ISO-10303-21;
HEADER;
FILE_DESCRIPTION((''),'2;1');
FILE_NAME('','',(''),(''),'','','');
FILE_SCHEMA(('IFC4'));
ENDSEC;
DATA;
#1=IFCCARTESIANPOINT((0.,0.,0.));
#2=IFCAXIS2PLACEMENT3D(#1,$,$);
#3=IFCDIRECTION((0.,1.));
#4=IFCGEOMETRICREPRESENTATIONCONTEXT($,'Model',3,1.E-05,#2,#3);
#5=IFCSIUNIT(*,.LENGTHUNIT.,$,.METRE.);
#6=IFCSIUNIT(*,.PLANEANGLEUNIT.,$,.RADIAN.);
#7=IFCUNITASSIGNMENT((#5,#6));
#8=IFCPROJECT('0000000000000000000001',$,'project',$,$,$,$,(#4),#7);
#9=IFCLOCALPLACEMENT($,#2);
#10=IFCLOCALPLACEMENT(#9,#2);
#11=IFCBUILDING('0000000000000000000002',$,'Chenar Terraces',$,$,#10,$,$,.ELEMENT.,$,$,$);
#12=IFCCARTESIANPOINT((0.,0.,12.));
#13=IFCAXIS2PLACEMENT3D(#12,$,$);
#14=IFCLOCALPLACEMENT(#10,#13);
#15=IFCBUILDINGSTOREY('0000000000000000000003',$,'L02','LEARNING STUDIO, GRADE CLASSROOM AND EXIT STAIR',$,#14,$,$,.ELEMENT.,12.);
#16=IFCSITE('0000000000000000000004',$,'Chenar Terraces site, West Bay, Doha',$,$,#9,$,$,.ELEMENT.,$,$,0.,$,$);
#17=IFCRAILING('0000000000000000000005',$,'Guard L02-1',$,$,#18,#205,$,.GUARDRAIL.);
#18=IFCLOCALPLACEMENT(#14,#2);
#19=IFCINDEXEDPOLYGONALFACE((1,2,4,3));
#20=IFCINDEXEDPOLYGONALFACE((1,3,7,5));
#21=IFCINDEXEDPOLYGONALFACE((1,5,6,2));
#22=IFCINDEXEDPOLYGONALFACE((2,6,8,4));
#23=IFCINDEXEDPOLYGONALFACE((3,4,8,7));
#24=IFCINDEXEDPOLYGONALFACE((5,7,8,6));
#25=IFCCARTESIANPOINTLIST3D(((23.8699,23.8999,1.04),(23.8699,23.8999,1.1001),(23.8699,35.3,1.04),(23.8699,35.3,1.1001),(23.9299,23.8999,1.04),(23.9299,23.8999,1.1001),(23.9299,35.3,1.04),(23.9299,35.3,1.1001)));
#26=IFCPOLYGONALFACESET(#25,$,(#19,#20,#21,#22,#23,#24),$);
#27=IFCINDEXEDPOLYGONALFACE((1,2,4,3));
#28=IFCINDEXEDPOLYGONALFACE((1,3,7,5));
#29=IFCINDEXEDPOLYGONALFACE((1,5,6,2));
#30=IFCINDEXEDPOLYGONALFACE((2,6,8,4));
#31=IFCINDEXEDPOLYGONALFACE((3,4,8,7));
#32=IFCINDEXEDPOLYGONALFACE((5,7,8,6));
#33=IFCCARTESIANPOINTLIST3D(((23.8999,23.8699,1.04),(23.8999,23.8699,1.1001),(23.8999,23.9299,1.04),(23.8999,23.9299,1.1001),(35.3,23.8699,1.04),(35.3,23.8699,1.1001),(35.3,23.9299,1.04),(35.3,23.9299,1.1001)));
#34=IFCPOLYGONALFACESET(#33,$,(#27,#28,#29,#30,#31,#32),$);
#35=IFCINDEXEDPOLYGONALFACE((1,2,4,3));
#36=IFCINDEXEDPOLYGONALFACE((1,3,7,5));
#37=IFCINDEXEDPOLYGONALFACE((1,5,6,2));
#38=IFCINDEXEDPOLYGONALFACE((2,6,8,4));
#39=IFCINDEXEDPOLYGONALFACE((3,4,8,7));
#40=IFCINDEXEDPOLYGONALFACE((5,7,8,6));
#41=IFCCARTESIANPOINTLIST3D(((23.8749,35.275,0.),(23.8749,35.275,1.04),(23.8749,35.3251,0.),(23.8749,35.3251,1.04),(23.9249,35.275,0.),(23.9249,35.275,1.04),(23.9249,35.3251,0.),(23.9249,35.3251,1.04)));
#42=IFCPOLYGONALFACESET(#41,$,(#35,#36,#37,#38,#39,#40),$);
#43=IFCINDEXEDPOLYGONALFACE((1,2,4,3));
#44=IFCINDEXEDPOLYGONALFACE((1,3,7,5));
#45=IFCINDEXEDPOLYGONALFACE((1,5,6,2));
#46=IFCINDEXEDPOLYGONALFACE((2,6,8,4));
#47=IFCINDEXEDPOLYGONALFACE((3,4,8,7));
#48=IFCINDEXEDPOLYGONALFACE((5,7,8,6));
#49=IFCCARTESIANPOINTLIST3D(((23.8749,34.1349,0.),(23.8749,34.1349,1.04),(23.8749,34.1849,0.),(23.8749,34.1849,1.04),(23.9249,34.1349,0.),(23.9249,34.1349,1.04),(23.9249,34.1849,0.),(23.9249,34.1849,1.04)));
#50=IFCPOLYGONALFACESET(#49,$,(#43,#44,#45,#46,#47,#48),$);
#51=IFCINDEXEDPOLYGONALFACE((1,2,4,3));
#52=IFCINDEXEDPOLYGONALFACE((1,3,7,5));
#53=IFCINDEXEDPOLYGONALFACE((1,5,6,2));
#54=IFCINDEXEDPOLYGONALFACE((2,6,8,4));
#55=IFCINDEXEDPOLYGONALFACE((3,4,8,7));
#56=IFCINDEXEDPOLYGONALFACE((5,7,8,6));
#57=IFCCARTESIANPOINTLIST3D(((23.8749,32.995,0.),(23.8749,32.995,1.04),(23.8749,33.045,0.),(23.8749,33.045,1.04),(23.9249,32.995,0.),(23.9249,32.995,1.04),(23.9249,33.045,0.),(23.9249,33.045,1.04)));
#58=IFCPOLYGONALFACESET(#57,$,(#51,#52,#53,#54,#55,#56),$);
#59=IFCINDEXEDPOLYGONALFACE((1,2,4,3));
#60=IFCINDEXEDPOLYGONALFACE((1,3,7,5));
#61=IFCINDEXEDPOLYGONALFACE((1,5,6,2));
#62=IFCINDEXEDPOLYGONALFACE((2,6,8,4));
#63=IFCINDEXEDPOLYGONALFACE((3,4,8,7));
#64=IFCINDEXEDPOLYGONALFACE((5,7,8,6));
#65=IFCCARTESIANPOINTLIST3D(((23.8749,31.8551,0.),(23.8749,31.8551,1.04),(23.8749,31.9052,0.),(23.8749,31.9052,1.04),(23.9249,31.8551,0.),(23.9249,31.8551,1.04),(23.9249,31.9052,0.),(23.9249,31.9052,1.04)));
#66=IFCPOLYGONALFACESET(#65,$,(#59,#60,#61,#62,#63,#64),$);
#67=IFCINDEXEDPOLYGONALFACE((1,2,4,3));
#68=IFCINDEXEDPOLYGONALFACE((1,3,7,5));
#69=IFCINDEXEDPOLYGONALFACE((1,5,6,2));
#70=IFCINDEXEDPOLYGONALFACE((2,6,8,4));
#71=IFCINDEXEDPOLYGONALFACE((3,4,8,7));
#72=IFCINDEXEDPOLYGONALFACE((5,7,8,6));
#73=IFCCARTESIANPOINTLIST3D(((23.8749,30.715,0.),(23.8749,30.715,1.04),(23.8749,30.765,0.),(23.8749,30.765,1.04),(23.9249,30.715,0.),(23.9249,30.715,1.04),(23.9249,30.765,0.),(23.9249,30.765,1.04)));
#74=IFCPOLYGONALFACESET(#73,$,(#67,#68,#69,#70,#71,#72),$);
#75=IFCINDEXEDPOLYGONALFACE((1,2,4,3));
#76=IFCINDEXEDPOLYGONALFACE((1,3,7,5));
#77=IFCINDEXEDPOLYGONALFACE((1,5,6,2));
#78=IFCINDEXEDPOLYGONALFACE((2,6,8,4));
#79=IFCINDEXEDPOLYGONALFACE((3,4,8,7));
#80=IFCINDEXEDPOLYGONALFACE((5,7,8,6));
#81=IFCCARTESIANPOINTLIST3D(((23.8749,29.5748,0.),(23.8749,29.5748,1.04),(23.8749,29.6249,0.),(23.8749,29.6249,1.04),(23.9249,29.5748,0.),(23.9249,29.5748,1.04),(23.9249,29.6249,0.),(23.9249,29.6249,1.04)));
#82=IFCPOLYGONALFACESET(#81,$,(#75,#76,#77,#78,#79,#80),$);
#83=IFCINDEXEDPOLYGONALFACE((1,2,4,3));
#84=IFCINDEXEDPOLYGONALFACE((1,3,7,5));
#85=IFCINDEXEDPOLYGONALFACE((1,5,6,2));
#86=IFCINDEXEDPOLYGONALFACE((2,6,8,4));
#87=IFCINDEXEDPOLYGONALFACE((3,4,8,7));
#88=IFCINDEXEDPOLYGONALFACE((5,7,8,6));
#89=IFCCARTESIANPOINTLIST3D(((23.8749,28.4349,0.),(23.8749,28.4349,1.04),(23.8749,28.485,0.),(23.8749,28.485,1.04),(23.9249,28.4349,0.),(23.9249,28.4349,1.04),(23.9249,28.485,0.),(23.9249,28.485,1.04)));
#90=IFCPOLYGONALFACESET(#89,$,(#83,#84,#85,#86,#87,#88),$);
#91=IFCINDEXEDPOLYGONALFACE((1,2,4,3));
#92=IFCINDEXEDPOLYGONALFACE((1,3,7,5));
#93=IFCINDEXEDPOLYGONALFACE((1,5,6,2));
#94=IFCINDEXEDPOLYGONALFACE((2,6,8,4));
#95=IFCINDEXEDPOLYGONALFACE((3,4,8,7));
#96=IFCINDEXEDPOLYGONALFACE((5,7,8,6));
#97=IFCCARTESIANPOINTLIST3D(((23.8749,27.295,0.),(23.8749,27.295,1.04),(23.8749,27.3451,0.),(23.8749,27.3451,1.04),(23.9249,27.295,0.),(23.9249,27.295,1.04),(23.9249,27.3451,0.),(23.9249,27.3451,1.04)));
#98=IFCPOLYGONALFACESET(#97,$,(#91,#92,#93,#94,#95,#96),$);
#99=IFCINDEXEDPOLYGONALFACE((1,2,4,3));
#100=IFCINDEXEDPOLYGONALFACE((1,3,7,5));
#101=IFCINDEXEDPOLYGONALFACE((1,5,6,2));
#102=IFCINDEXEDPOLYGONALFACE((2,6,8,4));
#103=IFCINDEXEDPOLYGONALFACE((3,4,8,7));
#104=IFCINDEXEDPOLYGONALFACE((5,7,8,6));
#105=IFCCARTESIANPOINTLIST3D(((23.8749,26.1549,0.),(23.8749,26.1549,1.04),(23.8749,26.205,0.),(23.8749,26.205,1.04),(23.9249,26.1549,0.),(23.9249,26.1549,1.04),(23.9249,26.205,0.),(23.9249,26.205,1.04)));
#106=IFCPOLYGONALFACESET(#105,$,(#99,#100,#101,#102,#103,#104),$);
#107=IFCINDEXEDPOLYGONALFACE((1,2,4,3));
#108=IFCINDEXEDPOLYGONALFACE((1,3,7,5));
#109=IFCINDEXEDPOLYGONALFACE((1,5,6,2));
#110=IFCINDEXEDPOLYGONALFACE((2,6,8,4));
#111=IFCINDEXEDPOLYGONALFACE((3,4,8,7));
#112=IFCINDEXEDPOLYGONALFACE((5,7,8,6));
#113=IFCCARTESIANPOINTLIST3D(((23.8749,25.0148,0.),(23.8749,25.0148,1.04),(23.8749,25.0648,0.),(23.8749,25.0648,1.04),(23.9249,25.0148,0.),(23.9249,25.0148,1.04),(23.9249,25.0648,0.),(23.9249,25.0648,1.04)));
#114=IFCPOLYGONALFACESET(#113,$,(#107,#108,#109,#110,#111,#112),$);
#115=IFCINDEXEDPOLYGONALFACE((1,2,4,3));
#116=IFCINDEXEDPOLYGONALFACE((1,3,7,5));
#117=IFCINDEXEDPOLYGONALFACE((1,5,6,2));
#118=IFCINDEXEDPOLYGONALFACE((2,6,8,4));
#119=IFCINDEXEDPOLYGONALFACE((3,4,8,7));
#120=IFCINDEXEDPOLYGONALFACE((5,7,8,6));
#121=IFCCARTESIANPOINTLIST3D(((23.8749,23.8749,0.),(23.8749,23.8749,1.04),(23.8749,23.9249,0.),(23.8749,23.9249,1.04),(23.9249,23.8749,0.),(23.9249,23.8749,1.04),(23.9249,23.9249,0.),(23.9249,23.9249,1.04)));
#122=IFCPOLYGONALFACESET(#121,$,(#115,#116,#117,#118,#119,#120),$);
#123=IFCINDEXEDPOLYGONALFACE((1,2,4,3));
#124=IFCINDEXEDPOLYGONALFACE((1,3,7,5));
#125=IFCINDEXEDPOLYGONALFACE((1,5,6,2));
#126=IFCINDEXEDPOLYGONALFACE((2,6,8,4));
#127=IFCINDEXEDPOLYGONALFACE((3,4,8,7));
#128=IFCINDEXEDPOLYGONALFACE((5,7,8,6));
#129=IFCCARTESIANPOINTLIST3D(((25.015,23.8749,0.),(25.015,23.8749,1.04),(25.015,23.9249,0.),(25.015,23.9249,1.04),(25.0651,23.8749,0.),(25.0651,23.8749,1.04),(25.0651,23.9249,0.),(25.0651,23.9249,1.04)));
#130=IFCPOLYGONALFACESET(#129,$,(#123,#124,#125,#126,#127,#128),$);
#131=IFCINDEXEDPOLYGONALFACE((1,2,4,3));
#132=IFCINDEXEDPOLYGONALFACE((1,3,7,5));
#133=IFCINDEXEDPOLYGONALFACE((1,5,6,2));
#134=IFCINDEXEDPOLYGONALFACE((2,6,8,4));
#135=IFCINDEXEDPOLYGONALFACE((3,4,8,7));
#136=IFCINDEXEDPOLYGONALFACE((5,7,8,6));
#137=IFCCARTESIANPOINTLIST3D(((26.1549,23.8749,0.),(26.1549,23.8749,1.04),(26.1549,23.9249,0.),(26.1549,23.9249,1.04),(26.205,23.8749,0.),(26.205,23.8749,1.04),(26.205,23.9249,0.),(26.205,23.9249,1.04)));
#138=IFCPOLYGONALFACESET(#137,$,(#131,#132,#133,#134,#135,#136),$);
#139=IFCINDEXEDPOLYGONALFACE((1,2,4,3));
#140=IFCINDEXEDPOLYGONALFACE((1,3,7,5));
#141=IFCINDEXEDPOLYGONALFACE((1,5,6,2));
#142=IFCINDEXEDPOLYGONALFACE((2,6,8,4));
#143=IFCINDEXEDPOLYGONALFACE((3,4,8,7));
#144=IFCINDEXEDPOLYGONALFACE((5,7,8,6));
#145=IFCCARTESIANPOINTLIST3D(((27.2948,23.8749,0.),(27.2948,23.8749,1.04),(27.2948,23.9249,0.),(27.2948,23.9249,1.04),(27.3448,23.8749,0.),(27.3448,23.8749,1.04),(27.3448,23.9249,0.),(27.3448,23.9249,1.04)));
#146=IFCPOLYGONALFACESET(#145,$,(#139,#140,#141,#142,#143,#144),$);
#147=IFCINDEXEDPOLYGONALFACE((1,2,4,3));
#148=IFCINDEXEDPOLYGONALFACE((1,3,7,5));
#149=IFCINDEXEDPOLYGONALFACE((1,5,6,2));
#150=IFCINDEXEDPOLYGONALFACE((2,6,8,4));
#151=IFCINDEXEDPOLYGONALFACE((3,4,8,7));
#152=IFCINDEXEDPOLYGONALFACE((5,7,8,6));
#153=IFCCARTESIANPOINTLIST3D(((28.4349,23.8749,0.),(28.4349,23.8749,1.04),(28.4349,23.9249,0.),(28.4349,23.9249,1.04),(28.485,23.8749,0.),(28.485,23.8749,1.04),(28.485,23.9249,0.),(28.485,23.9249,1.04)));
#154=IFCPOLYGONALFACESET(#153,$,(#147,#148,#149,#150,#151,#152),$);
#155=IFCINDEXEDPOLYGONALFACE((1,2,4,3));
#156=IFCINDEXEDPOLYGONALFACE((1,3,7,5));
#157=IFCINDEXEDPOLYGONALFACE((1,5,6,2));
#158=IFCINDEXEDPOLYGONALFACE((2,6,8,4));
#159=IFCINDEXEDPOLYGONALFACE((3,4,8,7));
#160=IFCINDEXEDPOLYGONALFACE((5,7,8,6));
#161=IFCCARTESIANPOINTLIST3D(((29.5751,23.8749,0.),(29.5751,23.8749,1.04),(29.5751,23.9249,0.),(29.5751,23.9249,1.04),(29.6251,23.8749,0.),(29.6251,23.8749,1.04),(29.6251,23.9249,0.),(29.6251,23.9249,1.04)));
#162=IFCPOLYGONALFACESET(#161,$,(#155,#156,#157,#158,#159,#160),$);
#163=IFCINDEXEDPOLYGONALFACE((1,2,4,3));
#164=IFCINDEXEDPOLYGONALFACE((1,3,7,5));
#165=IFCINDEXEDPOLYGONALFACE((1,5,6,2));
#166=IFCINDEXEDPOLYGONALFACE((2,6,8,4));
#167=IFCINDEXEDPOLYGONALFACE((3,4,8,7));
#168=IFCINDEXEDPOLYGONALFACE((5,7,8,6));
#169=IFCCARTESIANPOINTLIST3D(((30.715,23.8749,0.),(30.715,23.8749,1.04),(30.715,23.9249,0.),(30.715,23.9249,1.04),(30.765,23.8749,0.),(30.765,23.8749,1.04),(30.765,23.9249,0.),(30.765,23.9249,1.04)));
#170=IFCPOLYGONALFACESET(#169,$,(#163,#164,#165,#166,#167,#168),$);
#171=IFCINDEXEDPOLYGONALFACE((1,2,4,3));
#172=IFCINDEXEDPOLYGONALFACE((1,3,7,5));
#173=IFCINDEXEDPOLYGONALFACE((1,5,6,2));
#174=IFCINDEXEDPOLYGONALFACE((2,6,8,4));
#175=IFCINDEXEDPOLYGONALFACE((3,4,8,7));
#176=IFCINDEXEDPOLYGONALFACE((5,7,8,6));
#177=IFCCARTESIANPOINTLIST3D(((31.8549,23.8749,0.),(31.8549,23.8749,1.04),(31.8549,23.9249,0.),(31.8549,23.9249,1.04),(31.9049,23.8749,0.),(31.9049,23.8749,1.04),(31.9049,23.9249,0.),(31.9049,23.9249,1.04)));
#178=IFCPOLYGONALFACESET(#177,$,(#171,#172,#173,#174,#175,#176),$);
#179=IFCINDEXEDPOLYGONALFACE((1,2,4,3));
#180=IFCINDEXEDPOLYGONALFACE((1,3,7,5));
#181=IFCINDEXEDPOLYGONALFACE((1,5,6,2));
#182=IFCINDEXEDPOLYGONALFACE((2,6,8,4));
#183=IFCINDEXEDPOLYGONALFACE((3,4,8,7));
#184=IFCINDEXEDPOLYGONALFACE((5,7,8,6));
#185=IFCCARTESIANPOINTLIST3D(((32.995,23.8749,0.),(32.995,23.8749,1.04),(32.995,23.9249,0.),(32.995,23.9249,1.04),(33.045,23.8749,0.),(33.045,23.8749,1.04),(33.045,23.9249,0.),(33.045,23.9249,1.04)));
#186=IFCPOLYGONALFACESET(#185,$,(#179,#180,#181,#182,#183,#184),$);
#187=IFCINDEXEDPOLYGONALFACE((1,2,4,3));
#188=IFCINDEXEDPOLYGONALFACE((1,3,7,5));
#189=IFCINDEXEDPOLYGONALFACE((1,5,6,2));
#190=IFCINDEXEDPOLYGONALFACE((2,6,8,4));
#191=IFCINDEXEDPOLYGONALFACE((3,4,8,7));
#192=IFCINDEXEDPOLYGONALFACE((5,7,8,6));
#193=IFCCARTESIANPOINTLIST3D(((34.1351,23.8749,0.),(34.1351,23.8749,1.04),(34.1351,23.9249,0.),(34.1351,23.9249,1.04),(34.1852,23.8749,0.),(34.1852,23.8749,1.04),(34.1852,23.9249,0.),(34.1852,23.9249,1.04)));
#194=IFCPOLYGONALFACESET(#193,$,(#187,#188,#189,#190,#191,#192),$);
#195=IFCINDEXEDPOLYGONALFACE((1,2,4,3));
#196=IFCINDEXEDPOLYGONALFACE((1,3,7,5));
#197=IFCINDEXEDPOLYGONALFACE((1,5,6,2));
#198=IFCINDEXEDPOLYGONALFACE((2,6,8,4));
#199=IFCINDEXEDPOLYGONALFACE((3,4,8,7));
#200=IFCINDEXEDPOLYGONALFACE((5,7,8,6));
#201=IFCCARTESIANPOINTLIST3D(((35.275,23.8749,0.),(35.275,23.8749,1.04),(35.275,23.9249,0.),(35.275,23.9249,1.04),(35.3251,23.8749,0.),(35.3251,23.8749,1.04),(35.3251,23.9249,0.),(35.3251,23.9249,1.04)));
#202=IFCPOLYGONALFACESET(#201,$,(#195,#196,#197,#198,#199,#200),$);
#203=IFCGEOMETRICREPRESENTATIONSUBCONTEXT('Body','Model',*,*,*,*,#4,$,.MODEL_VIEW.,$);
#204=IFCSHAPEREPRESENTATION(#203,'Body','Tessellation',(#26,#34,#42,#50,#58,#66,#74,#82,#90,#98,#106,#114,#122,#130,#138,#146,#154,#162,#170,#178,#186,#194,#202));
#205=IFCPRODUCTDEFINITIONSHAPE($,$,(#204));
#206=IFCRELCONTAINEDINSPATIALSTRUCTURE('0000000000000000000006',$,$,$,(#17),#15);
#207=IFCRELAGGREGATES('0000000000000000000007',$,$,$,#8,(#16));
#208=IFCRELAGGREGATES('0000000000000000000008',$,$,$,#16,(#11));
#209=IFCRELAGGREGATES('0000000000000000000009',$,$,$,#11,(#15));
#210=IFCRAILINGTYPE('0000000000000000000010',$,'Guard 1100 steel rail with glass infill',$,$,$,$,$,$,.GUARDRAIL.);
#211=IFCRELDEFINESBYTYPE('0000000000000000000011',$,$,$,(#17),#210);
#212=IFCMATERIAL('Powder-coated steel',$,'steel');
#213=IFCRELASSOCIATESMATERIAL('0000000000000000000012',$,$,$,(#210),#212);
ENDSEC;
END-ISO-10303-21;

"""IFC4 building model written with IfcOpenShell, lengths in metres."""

from ifc_helpers import new_model, si_unit, direction, frame, origin, origin_2d, place, context, subcontext, project, spatial, rectangle, extrude, material, type_object, element, save


model = new_model("IFC4")

# Units and contexts
model_context = context("Model", 3, precision=1e-05, world=origin(), true_north=direction((0.0, 1.0)))
body_context = subcontext(model_context, "Body", "Model", "MODEL_VIEW")
ifc_project = project(units=[si_unit("LENGTHUNIT", "METRE"), si_unit("PLANEANGLEUNIT", "RADIAN")], contexts=[model_context])

# Site, building, storey
site_placement = place(None, origin())
site = spatial("IfcSite", under=ifc_project, at=site_placement, Name="Chenar Terraces site, West Bay, Doha", CompositionType="ELEMENT", RefElevation=0.0)
building_placement = place(site_placement, origin())
building = spatial("IfcBuilding", under=site, at=building_placement, Name="Chenar Terraces", CompositionType="ELEMENT")
storey_placement = place(building_placement, frame((0.0, 0.0, 12.0)))
storey = spatial("IfcBuildingStorey", under=building, at=storey_placement, Name="L02", Description="LEARNING STUDIO, GRADE CLASSROOM AND EXIT STAIR", CompositionType="ELEMENT", Elevation=12.0)

# Railing
ifc_material_1 = material(Name="Powder-coated steel", Category="steel")
railing_type_1 = type_object("IfcRailingType", Name="Guard 1100 steel rail with glass infill", PredefinedType="GUARDRAIL", material=ifc_material_1)
railing_1_placement = place(storey_placement, frame((23.8999, 35.3, 0.0)))
element("IfcRailing", 1, at=railing_1_placement, inside=storey, type_object=railing_type_1, Name="Guard L02-1", PredefinedType="GUARDRAIL", context=body_context, shape_type="SweptSolid", body=[
    extrude(rectangle(XDim=0.0601, YDim=0.0601, at=origin_2d()), frame((0.0, 0.0, 1.0701), z_axis=(0.0, -1.0, 0.0), x_axis=(1.0, 0.0, 0.0)), (0.0, 0.0, 1.0), 11.4001),
    extrude(rectangle(XDim=0.0601, YDim=0.0601, at=origin_2d()), frame((0.0, -11.4001, 1.0701), z_axis=(1.0, 0.0, 0.0), x_axis=(0.0, 1.0, 0.0)), (0.0, 0.0, 1.0), 11.4001),
    extrude(rectangle(XDim=0.05, YDim=0.05, at=origin_2d()), origin(), (0.0, 0.0, 1.0), 1.04),
    extrude(rectangle(XDim=0.05, YDim=0.05, at=origin_2d()), frame((0.0, -1.1401, 0.0)), (0.0, 0.0, 1.0), 1.04),
    extrude(rectangle(XDim=0.05, YDim=0.05, at=origin_2d()), frame((0.0, -2.28, 0.0)), (0.0, 0.0, 1.0), 1.04),
    extrude(rectangle(XDim=0.05, YDim=0.05, at=origin_2d()), frame((0.0, -3.4199, 0.0)), (0.0, 0.0, 1.0), 1.04),
    extrude(rectangle(XDim=0.05, YDim=0.05, at=origin_2d()), frame((0.0, -4.5601, 0.0)), (0.0, 0.0, 1.0), 1.04),
    extrude(rectangle(XDim=0.05, YDim=0.05, at=origin_2d()), frame((0.0, -5.7002, 0.0)), (0.0, 0.0, 1.0), 1.04),
    extrude(rectangle(XDim=0.05, YDim=0.05, at=origin_2d()), frame((0.0, -6.8401, 0.0)), (0.0, 0.0, 1.0), 1.04),
    extrude(rectangle(XDim=0.05, YDim=0.05, at=origin_2d()), frame((0.0, -7.98, 0.0)), (0.0, 0.0, 1.0), 1.04),
    extrude(rectangle(XDim=0.05, YDim=0.05, at=origin_2d()), frame((0.0, -9.1201, 0.0)), (0.0, 0.0, 1.0), 1.04),
    extrude(rectangle(XDim=0.05, YDim=0.05, at=origin_2d()), frame((0.0, -10.2603, 0.0)), (0.0, 0.0, 1.0), 1.04),
    extrude(rectangle(XDim=0.05, YDim=0.05, at=origin_2d()), frame((0.0, -11.4001, 0.0)), (0.0, 0.0, 1.0), 1.04),
    extrude(rectangle(XDim=0.05, YDim=0.05, at=origin_2d()), frame((1.1401, -11.4001, 0.0)), (0.0, 0.0, 1.0), 1.04),
    extrude(rectangle(XDim=0.05, YDim=0.05, at=origin_2d()), frame((2.28, -11.4001, 0.0)), (0.0, 0.0, 1.0), 1.04),
    extrude(rectangle(XDim=0.05, YDim=0.05, at=origin_2d()), frame((3.4199, -11.4001, 0.0)), (0.0, 0.0, 1.0), 1.04),
    extrude(rectangle(XDim=0.05, YDim=0.05, at=origin_2d()), frame((4.5601, -11.4001, 0.0)), (0.0, 0.0, 1.0), 1.04),
    extrude(rectangle(XDim=0.05, YDim=0.05, at=origin_2d()), frame((5.7002, -11.4001, 0.0)), (0.0, 0.0, 1.0), 1.04),
    extrude(rectangle(XDim=0.05, YDim=0.05, at=origin_2d()), frame((6.8401, -11.4001, 0.0)), (0.0, 0.0, 1.0), 1.04),
    extrude(rectangle(XDim=0.05, YDim=0.05, at=origin_2d()), frame((7.98, -11.4001, 0.0)), (0.0, 0.0, 1.0), 1.04),
    extrude(rectangle(XDim=0.05, YDim=0.05, at=origin_2d()), frame((9.1201, -11.4001, 0.0)), (0.0, 0.0, 1.0), 1.04),
    extrude(rectangle(XDim=0.05, YDim=0.05, at=origin_2d()), frame((10.2603, -11.4001, 0.0)), (0.0, 0.0, 1.0), 1.04),
    extrude(rectangle(XDim=0.05, YDim=0.05, at=origin_2d()), frame((11.4001, -11.4001, 0.0)), (0.0, 0.0, 1.0), 1.04),
])

save(model, "model.ifc")
